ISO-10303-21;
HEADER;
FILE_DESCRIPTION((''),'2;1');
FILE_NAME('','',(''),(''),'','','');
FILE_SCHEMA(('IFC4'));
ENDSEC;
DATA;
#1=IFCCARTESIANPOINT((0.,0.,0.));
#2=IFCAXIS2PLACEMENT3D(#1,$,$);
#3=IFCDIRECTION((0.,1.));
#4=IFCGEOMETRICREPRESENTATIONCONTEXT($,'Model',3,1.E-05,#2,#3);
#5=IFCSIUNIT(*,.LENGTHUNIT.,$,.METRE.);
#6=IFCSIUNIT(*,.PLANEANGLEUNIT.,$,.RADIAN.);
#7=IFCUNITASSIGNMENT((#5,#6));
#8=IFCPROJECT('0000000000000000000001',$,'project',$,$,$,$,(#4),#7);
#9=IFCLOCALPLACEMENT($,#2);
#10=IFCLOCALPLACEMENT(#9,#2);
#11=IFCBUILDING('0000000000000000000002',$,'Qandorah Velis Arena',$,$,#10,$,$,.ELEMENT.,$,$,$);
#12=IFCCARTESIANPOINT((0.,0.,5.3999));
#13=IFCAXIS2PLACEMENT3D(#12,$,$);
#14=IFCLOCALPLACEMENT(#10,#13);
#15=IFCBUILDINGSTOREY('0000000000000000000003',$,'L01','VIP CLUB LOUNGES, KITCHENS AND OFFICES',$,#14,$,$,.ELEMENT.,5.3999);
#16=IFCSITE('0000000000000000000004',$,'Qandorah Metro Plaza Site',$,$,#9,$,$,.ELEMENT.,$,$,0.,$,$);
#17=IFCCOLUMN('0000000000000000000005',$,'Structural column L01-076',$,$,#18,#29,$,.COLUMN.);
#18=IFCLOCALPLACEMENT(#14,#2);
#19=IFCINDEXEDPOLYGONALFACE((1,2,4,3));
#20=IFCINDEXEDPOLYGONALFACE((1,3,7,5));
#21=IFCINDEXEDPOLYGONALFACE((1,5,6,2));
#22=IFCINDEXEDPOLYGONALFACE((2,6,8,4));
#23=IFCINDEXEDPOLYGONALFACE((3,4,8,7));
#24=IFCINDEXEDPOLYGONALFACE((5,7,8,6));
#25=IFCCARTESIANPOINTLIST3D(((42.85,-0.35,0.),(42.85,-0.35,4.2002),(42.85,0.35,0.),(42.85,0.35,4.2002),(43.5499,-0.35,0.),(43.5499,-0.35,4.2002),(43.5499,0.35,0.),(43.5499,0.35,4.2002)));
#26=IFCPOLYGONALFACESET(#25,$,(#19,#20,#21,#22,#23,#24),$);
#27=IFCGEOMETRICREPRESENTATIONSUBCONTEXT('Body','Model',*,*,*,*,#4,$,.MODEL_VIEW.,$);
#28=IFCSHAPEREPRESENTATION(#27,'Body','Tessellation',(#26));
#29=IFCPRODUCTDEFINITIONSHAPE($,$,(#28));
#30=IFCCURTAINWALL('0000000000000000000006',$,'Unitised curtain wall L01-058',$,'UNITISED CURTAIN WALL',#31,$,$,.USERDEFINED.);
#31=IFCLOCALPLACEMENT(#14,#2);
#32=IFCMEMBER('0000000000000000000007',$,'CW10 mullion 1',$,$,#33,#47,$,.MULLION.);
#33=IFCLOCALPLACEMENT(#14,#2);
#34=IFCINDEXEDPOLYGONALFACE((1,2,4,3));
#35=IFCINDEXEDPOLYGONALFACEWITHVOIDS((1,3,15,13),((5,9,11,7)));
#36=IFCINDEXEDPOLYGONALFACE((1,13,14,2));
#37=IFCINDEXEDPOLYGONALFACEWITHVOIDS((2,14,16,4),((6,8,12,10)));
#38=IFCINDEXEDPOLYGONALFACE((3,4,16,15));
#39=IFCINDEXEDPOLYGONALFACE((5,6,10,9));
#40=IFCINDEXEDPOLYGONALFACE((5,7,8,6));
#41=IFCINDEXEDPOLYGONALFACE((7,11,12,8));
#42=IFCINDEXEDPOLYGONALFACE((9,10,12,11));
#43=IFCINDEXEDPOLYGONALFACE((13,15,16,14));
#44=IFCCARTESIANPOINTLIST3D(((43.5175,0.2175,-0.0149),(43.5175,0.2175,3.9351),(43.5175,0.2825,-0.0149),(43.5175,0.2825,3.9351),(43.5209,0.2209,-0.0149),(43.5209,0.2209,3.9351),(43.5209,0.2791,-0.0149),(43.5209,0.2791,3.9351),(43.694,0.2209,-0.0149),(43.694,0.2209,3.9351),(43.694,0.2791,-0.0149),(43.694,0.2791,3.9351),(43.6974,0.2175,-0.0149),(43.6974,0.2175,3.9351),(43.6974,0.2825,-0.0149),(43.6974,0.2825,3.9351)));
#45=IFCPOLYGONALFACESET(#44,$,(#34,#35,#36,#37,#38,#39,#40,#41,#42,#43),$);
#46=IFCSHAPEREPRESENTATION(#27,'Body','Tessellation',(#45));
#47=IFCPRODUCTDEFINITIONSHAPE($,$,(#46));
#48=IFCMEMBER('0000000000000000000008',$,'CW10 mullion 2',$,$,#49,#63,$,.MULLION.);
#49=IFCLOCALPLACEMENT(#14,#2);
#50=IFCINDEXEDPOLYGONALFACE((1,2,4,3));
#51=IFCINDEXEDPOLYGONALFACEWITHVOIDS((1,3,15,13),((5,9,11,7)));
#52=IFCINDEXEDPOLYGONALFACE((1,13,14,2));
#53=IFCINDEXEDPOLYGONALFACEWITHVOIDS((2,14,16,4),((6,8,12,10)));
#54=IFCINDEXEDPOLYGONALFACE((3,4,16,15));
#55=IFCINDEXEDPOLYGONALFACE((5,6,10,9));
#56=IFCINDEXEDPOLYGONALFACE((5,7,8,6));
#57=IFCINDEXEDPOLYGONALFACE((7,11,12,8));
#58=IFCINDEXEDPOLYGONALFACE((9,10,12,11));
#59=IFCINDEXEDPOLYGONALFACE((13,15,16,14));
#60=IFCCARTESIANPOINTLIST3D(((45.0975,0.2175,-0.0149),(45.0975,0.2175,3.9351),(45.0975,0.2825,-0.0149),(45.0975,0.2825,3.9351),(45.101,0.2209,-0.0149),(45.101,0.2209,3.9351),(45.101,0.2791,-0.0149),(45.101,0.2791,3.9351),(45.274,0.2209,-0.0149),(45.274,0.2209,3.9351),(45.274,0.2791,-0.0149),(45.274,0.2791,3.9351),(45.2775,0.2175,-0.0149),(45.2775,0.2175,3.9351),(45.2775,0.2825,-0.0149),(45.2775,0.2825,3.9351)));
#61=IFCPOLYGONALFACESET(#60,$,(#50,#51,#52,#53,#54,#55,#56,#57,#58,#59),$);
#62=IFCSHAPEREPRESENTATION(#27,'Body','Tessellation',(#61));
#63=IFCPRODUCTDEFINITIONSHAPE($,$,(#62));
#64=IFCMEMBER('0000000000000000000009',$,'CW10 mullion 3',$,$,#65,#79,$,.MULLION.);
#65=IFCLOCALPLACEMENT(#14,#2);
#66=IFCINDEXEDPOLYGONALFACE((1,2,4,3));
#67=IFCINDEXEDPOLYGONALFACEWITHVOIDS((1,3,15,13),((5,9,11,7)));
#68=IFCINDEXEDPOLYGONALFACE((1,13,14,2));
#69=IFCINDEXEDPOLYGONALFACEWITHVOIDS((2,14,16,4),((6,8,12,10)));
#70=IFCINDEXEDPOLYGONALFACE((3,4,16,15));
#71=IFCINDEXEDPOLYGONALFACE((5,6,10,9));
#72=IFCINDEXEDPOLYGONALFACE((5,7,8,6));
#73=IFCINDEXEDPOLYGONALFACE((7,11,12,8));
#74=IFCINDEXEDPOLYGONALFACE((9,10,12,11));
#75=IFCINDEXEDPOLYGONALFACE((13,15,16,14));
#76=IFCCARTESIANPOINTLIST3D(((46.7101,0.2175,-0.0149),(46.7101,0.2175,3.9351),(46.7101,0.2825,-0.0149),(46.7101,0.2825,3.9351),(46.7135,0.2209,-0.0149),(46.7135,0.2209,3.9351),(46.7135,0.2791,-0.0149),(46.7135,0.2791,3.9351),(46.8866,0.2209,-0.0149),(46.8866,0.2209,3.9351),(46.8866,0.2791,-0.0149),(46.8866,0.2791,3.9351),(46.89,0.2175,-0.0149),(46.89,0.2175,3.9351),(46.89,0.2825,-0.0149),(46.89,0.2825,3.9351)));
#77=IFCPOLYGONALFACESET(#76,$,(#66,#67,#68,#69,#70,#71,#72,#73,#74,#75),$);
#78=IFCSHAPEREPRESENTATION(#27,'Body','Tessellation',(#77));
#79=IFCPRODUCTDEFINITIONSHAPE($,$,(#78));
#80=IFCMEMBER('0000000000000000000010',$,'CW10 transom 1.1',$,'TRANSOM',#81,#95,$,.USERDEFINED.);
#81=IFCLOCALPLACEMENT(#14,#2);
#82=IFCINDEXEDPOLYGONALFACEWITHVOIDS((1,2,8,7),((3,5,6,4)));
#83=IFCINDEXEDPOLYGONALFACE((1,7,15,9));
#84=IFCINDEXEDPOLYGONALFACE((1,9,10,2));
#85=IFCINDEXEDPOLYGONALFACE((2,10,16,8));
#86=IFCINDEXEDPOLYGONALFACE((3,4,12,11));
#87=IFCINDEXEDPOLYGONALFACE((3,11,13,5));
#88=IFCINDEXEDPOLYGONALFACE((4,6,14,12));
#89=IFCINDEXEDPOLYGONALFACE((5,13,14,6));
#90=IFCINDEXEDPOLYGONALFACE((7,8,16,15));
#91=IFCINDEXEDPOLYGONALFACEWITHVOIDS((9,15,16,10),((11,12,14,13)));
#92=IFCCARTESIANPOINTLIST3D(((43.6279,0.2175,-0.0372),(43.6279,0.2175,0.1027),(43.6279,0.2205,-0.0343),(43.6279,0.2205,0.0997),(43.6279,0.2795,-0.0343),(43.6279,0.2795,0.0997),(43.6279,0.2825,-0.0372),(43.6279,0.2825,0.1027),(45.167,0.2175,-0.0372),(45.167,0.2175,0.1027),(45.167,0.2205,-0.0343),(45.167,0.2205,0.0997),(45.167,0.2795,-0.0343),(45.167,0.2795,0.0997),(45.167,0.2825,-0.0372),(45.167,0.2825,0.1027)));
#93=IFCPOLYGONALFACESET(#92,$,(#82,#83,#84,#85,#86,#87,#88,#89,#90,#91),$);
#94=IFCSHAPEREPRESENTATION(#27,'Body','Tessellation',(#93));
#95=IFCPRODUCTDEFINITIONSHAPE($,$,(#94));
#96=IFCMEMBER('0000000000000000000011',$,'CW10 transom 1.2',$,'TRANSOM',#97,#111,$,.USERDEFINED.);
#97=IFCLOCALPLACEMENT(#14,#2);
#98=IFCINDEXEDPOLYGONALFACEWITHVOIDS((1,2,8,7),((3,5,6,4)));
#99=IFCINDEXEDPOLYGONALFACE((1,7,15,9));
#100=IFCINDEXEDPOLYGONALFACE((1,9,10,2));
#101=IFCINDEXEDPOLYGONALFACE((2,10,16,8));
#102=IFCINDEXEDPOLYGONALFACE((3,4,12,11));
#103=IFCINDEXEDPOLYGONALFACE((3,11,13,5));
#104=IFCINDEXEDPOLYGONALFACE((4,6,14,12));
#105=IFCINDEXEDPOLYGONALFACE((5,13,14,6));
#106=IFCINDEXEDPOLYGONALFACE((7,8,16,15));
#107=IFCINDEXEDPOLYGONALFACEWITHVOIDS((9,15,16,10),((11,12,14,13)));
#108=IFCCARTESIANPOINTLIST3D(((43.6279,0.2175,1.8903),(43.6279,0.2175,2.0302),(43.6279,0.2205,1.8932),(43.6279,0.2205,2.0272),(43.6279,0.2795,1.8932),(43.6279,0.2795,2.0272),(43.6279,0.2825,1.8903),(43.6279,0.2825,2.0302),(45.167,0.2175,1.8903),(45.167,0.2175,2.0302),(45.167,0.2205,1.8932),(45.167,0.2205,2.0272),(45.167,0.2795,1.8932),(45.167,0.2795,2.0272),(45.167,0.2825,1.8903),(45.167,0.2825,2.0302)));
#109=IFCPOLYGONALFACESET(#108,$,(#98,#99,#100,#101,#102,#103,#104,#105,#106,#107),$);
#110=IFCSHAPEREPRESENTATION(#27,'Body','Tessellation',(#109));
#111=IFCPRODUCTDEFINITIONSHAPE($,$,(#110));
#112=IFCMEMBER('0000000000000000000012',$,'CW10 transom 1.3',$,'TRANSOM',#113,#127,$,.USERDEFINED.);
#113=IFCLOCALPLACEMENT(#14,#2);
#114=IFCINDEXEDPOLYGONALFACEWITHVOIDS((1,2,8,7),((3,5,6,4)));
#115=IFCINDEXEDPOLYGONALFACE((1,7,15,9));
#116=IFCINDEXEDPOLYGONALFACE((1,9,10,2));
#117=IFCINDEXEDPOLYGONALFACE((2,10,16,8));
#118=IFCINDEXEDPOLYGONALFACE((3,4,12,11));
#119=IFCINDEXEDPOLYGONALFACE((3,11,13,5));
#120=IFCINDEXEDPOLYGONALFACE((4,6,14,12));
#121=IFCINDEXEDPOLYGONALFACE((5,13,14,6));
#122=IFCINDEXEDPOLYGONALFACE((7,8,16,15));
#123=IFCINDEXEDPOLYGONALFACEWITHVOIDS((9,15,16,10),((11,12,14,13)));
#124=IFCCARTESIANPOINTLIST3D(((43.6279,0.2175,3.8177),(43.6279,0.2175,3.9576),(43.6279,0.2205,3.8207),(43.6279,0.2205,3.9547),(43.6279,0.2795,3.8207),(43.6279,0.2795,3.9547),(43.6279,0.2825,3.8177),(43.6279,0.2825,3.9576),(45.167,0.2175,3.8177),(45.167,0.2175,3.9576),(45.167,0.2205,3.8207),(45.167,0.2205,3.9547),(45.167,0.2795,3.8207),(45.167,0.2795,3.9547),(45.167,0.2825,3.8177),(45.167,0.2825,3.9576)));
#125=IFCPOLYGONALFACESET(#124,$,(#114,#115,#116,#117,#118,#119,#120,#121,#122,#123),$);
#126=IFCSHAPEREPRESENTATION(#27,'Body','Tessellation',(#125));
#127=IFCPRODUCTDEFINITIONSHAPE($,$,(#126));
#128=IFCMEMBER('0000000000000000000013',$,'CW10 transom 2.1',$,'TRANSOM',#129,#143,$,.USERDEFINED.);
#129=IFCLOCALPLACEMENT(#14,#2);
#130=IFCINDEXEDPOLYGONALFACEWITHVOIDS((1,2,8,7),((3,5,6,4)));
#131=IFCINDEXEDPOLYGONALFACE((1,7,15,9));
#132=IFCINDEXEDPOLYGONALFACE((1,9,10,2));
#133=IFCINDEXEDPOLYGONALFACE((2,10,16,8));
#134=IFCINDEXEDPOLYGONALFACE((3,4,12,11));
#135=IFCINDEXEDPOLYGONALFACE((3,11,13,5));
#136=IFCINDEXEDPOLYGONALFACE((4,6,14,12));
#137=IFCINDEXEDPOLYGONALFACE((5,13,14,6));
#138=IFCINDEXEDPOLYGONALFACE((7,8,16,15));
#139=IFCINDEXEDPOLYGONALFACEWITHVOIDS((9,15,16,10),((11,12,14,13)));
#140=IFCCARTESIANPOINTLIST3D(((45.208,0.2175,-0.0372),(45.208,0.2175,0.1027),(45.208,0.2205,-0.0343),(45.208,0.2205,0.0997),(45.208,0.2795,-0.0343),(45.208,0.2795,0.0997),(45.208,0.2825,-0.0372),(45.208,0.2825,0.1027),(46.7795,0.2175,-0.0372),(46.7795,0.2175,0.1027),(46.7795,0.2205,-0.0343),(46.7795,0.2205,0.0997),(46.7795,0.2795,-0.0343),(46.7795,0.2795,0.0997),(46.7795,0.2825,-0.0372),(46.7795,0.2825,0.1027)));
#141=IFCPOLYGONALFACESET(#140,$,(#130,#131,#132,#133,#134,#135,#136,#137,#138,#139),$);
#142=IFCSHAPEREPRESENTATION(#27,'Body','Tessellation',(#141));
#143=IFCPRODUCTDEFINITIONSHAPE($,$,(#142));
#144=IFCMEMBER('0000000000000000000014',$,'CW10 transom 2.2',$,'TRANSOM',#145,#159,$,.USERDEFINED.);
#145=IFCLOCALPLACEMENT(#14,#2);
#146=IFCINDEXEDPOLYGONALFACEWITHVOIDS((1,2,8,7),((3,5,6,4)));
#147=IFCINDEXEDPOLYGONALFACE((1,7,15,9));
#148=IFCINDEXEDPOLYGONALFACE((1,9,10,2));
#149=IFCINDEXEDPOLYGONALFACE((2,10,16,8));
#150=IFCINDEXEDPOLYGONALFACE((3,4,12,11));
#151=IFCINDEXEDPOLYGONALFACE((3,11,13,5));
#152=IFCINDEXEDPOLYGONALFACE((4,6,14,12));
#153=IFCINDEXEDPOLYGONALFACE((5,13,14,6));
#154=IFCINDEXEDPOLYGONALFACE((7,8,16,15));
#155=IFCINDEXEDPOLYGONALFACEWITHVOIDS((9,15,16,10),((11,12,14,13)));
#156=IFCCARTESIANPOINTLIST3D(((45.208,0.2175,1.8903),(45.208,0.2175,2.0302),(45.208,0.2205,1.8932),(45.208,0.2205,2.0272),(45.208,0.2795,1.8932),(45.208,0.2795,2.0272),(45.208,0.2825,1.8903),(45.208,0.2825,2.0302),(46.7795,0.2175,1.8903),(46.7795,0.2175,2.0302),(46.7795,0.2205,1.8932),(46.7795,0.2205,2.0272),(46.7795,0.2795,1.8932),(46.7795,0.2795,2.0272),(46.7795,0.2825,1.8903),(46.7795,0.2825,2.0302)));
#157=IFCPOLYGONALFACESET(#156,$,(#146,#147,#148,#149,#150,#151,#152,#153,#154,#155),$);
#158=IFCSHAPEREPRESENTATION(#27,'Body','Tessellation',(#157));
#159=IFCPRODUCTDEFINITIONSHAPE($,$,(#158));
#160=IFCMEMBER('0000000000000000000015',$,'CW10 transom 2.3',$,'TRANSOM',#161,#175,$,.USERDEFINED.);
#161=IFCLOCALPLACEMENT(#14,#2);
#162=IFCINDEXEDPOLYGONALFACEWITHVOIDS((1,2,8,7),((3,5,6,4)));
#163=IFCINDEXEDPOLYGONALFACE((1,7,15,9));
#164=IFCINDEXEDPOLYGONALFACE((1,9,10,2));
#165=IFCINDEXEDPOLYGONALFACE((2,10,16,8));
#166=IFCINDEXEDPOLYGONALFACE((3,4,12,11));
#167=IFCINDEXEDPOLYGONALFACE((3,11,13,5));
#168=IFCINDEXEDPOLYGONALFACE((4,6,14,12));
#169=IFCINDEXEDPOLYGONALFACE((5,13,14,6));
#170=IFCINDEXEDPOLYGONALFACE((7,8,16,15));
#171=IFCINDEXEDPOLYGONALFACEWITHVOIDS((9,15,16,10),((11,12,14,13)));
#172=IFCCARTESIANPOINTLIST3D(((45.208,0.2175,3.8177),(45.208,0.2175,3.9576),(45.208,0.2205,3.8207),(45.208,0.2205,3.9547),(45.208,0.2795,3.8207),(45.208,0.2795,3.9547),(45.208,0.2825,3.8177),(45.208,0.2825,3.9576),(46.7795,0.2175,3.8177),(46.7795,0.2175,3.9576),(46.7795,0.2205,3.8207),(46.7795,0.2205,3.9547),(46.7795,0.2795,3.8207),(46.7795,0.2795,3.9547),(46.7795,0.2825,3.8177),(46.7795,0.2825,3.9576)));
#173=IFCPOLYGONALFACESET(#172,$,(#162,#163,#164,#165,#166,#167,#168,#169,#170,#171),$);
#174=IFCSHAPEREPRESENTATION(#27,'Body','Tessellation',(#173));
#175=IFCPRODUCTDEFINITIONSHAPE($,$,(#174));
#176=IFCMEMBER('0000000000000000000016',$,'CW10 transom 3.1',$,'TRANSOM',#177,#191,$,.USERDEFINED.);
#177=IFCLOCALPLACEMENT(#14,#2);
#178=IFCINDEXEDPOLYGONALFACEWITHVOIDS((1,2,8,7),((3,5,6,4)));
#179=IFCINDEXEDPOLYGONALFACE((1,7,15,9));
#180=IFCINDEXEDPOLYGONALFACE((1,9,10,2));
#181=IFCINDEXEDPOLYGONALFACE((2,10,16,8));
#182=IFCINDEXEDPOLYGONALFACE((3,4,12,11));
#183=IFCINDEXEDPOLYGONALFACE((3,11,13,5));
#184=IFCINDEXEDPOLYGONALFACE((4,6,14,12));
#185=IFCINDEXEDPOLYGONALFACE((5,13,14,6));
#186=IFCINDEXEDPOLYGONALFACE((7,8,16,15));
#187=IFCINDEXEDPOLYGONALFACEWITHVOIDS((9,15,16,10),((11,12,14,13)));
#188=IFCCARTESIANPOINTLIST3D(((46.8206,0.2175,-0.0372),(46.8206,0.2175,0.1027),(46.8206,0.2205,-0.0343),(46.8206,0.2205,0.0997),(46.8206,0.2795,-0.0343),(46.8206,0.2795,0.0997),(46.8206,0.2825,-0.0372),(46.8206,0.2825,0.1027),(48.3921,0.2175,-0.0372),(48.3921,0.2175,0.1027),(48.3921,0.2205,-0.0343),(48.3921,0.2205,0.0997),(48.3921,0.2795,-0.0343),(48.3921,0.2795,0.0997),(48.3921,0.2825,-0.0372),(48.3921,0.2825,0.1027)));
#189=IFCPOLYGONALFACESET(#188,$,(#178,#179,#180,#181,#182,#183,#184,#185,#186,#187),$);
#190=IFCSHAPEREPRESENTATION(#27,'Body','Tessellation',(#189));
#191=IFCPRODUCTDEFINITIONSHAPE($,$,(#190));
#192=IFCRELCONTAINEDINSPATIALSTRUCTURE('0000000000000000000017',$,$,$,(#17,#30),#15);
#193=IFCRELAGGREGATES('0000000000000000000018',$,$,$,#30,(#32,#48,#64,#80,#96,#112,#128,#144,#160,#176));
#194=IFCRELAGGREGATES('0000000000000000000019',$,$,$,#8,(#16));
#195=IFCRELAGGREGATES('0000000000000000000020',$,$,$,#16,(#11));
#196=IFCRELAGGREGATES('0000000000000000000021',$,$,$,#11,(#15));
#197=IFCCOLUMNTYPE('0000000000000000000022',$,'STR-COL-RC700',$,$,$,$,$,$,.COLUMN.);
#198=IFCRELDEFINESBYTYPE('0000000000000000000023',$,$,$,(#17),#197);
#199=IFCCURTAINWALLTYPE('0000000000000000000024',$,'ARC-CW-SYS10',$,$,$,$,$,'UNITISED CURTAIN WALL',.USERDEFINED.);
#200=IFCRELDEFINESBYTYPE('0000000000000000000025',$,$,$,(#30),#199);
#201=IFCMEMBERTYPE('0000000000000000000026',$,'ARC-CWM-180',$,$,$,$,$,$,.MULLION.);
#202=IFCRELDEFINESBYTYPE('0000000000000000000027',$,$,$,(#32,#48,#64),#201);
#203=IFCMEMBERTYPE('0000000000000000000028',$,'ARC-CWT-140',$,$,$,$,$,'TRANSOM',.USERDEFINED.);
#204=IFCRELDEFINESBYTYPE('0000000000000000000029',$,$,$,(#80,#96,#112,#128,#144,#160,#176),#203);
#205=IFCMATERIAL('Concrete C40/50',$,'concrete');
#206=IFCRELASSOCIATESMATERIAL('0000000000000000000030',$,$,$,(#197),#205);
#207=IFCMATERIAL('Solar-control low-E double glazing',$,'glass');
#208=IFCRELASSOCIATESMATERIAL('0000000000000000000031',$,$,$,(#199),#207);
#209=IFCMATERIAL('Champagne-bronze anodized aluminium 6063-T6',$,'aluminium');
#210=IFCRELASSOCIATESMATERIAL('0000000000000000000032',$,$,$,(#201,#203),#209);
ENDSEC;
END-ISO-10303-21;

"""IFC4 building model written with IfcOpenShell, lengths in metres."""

from ifc_helpers import new_model, si_unit, direction, frame, origin, origin_2d, place, context, subcontext, project, spatial, rectangle, hollow_rectangle, extrude, material, material_profile, profile_set, type_object, element, aggregate, save


model = new_model("IFC4")

# Units and contexts
model_context = context("Model", 3, precision=1e-05, world=origin(), true_north=direction((0.0, 1.0)))
body_context = subcontext(model_context, "Body", "Model", "MODEL_VIEW")
ifc_project = project(units=[si_unit("LENGTHUNIT", "METRE"), si_unit("PLANEANGLEUNIT", "RADIAN")], contexts=[model_context])

# Site, building, storey
site_placement = place(None, origin())
site = spatial("IfcSite", under=ifc_project, at=site_placement, Name="Qandorah Metro Plaza Site", CompositionType="ELEMENT", RefElevation=0.0)
building_placement = place(site_placement, origin())
building = spatial("IfcBuilding", under=site, at=building_placement, Name="Qandorah Velis Arena", CompositionType="ELEMENT")
storey_placement = place(building_placement, frame((0.0, 0.0, 5.3999)))
storey = spatial("IfcBuildingStorey", under=building, at=storey_placement, Name="L01", Description="VIP CLUB LOUNGES, KITCHENS AND OFFICES", CompositionType="ELEMENT", Elevation=5.3999)

# Column
ifc_material_1 = material(Name="Concrete C40/50", Category="concrete")
ifc_material_profile_1 = material_profile(ifc_material_1, rectangle(XDim=0.7, YDim=0.7, at=origin_2d()), Name="RC COL 700x700")
ifc_profile_set_1 = profile_set([ifc_material_profile_1], Name="Concrete C40/50")
column_type = type_object("IfcColumnType", Name="STR-COL-RC700", PredefinedType="COLUMN", material=ifc_profile_set_1)
column_placement = place(storey_placement, frame((43.2, 0.0, 0.0), z_axis=(0.0, 0.0, 1.0), x_axis=(1.0, 0.0, 0.0)))
element("IfcColumn", 1, at=column_placement, inside=storey, type_object=column_type, Name="Structural column L01-076", PredefinedType="COLUMN", context=body_context, shape_type="SweptSolid", body=[
    extrude(rectangle(XDim=0.7, YDim=0.7, at=origin_2d()), origin(), (0.0, 0.0, 1.0), 4.2002),
])

# Curtain wall, members
ifc_material_2 = material(Name="Solar-control low-E double glazing", Category="glass")
curtain_wall_type = type_object("IfcCurtainWallType", Name="ARC-CW-SYS10", ElementType="UNITISED CURTAIN WALL", PredefinedType="USERDEFINED", material=ifc_material_2)
curtain_wall_placement = place(storey_placement, origin())
curtain_wall = element("IfcCurtainWall", 2, at=curtain_wall_placement, inside=storey, type_object=curtain_wall_type, Name="Unitised curtain wall L01-058", ObjectType="UNITISED CURTAIN WALL", PredefinedType="USERDEFINED")
ifc_material_3 = material(Name="Champagne-bronze anodized aluminium 6063-T6", Category="aluminium")
ifc_material_profile_2 = material_profile(ifc_material_3, hollow_rectangle(XDim=0.0649, YDim=0.1799, WallThickness=0.0034, at=origin_2d()), Name="ALU MULLION 65x180")
ifc_profile_set_2 = profile_set([ifc_material_profile_2], Name="Champagne-bronze anodized aluminium 6063-T6")
member_type_1 = type_object("IfcMemberType", Name="ARC-CWM-180", PredefinedType="MULLION", material=ifc_profile_set_2)
member_1_placement = place(storey_placement, frame((43.6074, 0.25, -0.0149), z_axis=(0.0, 0.0, 1.0), x_axis=(0.0, 1.0, 0.0)))
member_1 = element("IfcMember", 3, at=member_1_placement, type_object=member_type_1, Name="CW10 mullion 1", PredefinedType="MULLION", context=body_context, shape_type="SweptSolid", body=[
    extrude(hollow_rectangle(XDim=0.0649, YDim=0.1799, WallThickness=0.0034, at=origin_2d()), origin(), (0.0, 0.0, 1.0), 3.95),
])
member_2_placement = place(storey_placement, frame((45.1875, 0.25, -0.0149), z_axis=(0.0, 0.0, 1.0), x_axis=(0.0, 1.0, 0.0)))
member_2 = element("IfcMember", 4, at=member_2_placement, type_object=member_type_1, Name="CW10 mullion 2", PredefinedType="MULLION", context=body_context, shape_type="SweptSolid", body=[
    extrude(hollow_rectangle(XDim=0.0649, YDim=0.1799, WallThickness=0.0034, at=origin_2d()), origin(), (0.0, 0.0, 1.0), 3.95),
])
member_3_placement = place(storey_placement, frame((46.8, 0.25, -0.0149), z_axis=(0.0, 0.0, 1.0), x_axis=(0.0, 1.0, 0.0)))
member_3 = element("IfcMember", 5, at=member_3_placement, type_object=member_type_1, Name="CW10 mullion 3", PredefinedType="MULLION", context=body_context, shape_type="SweptSolid", body=[
    extrude(hollow_rectangle(XDim=0.0649, YDim=0.1799, WallThickness=0.0034, at=origin_2d()), origin(), (0.0, 0.0, 1.0), 3.95),
])
ifc_material_profile_3 = material_profile(ifc_material_3, hollow_rectangle(XDim=0.0649, YDim=0.1399, WallThickness=0.0029, at=origin_2d()), Name="ALU TRANSOM 65x140")
ifc_profile_set_3 = profile_set([ifc_material_profile_3], Name="Champagne-bronze anodized aluminium 6063-T6")
member_type_2 = type_object("IfcMemberType", Name="ARC-CWT-140", ElementType="TRANSOM", PredefinedType="USERDEFINED", material=ifc_profile_set_3)
member_4_placement = place(storey_placement, frame((43.6279, 0.25, 0.0327), z_axis=(1.0, 0.0, 0.0), x_axis=(0.0, 1.0, 0.0)))
member_4 = element("IfcMember", 6, at=member_4_placement, type_object=member_type_2, Name="CW10 transom 1.1", ObjectType="TRANSOM", PredefinedType="USERDEFINED", context=body_context, shape_type="SweptSolid", body=[
    extrude(hollow_rectangle(XDim=0.0649, YDim=0.1399, WallThickness=0.0029, at=origin_2d()), origin(), (0.0, 0.0, 1.0), 1.5391),
])
member_5_placement = place(storey_placement, frame((43.6279, 0.25, 1.9602), z_axis=(1.0, 0.0, 0.0), x_axis=(0.0, 1.0, 0.0)))
member_5 = element("IfcMember", 7, at=member_5_placement, type_object=member_type_2, Name="CW10 transom 1.2", ObjectType="TRANSOM", PredefinedType="USERDEFINED", context=body_context, shape_type="SweptSolid", body=[
    extrude(hollow_rectangle(XDim=0.0649, YDim=0.1399, WallThickness=0.0029, at=origin_2d()), origin(), (0.0, 0.0, 1.0), 1.5391),
])
member_6_placement = place(storey_placement, frame((43.6279, 0.25, 3.8877), z_axis=(1.0, 0.0, 0.0), x_axis=(0.0, 1.0, 0.0)))
member_6 = element("IfcMember", 8, at=member_6_placement, type_object=member_type_2, Name="CW10 transom 1.3", ObjectType="TRANSOM", PredefinedType="USERDEFINED", context=body_context, shape_type="SweptSolid", body=[
    extrude(hollow_rectangle(XDim=0.0649, YDim=0.1399, WallThickness=0.0029, at=origin_2d()), origin(), (0.0, 0.0, 1.0), 1.5391),
])
member_7_placement = place(storey_placement, frame((45.208, 0.25, 0.0327), z_axis=(1.0, 0.0, 0.0), x_axis=(0.0, 1.0, 0.0)))
member_7 = element("IfcMember", 9, at=member_7_placement, type_object=member_type_2, Name="CW10 transom 2.1", ObjectType="TRANSOM", PredefinedType="USERDEFINED", context=body_context, shape_type="SweptSolid", body=[
    extrude(hollow_rectangle(XDim=0.0649, YDim=0.1399, WallThickness=0.0029, at=origin_2d()), origin(), (0.0, 0.0, 1.0), 1.5715),
])
member_8_placement = place(storey_placement, frame((45.208, 0.25, 1.9602), z_axis=(1.0, 0.0, 0.0), x_axis=(0.0, 1.0, 0.0)))
member_8 = element("IfcMember", 10, at=member_8_placement, type_object=member_type_2, Name="CW10 transom 2.2", ObjectType="TRANSOM", PredefinedType="USERDEFINED", context=body_context, shape_type="SweptSolid", body=[
    extrude(hollow_rectangle(XDim=0.0649, YDim=0.1399, WallThickness=0.0029, at=origin_2d()), origin(), (0.0, 0.0, 1.0), 1.5715),
])
member_9_placement = place(storey_placement, frame((45.208, 0.25, 3.8877), z_axis=(1.0, 0.0, 0.0), x_axis=(0.0, 1.0, 0.0)))
member_9 = element("IfcMember", 11, at=member_9_placement, type_object=member_type_2, Name="CW10 transom 2.3", ObjectType="TRANSOM", PredefinedType="USERDEFINED", context=body_context, shape_type="SweptSolid", body=[
    extrude(hollow_rectangle(XDim=0.0649, YDim=0.1399, WallThickness=0.0029, at=origin_2d()), origin(), (0.0, 0.0, 1.0), 1.5715),
])
member_10_placement = place(storey_placement, frame((46.8206, 0.25, 0.0327), z_axis=(1.0, 0.0, 0.0), x_axis=(0.0, 1.0, 0.0)))
member_10 = element("IfcMember", 12, at=member_10_placement, type_object=member_type_2, Name="CW10 transom 3.1", ObjectType="TRANSOM", PredefinedType="USERDEFINED", context=body_context, shape_type="SweptSolid", body=[
    extrude(hollow_rectangle(XDim=0.0649, YDim=0.1399, WallThickness=0.0029, at=origin_2d()), origin(), (0.0, 0.0, 1.0), 1.5715),
])

aggregate(curtain_wall, [member_1, member_2, member_3, member_4, member_5, member_6, member_7, member_8, member_9, member_10])

save(model, "model.ifc")
